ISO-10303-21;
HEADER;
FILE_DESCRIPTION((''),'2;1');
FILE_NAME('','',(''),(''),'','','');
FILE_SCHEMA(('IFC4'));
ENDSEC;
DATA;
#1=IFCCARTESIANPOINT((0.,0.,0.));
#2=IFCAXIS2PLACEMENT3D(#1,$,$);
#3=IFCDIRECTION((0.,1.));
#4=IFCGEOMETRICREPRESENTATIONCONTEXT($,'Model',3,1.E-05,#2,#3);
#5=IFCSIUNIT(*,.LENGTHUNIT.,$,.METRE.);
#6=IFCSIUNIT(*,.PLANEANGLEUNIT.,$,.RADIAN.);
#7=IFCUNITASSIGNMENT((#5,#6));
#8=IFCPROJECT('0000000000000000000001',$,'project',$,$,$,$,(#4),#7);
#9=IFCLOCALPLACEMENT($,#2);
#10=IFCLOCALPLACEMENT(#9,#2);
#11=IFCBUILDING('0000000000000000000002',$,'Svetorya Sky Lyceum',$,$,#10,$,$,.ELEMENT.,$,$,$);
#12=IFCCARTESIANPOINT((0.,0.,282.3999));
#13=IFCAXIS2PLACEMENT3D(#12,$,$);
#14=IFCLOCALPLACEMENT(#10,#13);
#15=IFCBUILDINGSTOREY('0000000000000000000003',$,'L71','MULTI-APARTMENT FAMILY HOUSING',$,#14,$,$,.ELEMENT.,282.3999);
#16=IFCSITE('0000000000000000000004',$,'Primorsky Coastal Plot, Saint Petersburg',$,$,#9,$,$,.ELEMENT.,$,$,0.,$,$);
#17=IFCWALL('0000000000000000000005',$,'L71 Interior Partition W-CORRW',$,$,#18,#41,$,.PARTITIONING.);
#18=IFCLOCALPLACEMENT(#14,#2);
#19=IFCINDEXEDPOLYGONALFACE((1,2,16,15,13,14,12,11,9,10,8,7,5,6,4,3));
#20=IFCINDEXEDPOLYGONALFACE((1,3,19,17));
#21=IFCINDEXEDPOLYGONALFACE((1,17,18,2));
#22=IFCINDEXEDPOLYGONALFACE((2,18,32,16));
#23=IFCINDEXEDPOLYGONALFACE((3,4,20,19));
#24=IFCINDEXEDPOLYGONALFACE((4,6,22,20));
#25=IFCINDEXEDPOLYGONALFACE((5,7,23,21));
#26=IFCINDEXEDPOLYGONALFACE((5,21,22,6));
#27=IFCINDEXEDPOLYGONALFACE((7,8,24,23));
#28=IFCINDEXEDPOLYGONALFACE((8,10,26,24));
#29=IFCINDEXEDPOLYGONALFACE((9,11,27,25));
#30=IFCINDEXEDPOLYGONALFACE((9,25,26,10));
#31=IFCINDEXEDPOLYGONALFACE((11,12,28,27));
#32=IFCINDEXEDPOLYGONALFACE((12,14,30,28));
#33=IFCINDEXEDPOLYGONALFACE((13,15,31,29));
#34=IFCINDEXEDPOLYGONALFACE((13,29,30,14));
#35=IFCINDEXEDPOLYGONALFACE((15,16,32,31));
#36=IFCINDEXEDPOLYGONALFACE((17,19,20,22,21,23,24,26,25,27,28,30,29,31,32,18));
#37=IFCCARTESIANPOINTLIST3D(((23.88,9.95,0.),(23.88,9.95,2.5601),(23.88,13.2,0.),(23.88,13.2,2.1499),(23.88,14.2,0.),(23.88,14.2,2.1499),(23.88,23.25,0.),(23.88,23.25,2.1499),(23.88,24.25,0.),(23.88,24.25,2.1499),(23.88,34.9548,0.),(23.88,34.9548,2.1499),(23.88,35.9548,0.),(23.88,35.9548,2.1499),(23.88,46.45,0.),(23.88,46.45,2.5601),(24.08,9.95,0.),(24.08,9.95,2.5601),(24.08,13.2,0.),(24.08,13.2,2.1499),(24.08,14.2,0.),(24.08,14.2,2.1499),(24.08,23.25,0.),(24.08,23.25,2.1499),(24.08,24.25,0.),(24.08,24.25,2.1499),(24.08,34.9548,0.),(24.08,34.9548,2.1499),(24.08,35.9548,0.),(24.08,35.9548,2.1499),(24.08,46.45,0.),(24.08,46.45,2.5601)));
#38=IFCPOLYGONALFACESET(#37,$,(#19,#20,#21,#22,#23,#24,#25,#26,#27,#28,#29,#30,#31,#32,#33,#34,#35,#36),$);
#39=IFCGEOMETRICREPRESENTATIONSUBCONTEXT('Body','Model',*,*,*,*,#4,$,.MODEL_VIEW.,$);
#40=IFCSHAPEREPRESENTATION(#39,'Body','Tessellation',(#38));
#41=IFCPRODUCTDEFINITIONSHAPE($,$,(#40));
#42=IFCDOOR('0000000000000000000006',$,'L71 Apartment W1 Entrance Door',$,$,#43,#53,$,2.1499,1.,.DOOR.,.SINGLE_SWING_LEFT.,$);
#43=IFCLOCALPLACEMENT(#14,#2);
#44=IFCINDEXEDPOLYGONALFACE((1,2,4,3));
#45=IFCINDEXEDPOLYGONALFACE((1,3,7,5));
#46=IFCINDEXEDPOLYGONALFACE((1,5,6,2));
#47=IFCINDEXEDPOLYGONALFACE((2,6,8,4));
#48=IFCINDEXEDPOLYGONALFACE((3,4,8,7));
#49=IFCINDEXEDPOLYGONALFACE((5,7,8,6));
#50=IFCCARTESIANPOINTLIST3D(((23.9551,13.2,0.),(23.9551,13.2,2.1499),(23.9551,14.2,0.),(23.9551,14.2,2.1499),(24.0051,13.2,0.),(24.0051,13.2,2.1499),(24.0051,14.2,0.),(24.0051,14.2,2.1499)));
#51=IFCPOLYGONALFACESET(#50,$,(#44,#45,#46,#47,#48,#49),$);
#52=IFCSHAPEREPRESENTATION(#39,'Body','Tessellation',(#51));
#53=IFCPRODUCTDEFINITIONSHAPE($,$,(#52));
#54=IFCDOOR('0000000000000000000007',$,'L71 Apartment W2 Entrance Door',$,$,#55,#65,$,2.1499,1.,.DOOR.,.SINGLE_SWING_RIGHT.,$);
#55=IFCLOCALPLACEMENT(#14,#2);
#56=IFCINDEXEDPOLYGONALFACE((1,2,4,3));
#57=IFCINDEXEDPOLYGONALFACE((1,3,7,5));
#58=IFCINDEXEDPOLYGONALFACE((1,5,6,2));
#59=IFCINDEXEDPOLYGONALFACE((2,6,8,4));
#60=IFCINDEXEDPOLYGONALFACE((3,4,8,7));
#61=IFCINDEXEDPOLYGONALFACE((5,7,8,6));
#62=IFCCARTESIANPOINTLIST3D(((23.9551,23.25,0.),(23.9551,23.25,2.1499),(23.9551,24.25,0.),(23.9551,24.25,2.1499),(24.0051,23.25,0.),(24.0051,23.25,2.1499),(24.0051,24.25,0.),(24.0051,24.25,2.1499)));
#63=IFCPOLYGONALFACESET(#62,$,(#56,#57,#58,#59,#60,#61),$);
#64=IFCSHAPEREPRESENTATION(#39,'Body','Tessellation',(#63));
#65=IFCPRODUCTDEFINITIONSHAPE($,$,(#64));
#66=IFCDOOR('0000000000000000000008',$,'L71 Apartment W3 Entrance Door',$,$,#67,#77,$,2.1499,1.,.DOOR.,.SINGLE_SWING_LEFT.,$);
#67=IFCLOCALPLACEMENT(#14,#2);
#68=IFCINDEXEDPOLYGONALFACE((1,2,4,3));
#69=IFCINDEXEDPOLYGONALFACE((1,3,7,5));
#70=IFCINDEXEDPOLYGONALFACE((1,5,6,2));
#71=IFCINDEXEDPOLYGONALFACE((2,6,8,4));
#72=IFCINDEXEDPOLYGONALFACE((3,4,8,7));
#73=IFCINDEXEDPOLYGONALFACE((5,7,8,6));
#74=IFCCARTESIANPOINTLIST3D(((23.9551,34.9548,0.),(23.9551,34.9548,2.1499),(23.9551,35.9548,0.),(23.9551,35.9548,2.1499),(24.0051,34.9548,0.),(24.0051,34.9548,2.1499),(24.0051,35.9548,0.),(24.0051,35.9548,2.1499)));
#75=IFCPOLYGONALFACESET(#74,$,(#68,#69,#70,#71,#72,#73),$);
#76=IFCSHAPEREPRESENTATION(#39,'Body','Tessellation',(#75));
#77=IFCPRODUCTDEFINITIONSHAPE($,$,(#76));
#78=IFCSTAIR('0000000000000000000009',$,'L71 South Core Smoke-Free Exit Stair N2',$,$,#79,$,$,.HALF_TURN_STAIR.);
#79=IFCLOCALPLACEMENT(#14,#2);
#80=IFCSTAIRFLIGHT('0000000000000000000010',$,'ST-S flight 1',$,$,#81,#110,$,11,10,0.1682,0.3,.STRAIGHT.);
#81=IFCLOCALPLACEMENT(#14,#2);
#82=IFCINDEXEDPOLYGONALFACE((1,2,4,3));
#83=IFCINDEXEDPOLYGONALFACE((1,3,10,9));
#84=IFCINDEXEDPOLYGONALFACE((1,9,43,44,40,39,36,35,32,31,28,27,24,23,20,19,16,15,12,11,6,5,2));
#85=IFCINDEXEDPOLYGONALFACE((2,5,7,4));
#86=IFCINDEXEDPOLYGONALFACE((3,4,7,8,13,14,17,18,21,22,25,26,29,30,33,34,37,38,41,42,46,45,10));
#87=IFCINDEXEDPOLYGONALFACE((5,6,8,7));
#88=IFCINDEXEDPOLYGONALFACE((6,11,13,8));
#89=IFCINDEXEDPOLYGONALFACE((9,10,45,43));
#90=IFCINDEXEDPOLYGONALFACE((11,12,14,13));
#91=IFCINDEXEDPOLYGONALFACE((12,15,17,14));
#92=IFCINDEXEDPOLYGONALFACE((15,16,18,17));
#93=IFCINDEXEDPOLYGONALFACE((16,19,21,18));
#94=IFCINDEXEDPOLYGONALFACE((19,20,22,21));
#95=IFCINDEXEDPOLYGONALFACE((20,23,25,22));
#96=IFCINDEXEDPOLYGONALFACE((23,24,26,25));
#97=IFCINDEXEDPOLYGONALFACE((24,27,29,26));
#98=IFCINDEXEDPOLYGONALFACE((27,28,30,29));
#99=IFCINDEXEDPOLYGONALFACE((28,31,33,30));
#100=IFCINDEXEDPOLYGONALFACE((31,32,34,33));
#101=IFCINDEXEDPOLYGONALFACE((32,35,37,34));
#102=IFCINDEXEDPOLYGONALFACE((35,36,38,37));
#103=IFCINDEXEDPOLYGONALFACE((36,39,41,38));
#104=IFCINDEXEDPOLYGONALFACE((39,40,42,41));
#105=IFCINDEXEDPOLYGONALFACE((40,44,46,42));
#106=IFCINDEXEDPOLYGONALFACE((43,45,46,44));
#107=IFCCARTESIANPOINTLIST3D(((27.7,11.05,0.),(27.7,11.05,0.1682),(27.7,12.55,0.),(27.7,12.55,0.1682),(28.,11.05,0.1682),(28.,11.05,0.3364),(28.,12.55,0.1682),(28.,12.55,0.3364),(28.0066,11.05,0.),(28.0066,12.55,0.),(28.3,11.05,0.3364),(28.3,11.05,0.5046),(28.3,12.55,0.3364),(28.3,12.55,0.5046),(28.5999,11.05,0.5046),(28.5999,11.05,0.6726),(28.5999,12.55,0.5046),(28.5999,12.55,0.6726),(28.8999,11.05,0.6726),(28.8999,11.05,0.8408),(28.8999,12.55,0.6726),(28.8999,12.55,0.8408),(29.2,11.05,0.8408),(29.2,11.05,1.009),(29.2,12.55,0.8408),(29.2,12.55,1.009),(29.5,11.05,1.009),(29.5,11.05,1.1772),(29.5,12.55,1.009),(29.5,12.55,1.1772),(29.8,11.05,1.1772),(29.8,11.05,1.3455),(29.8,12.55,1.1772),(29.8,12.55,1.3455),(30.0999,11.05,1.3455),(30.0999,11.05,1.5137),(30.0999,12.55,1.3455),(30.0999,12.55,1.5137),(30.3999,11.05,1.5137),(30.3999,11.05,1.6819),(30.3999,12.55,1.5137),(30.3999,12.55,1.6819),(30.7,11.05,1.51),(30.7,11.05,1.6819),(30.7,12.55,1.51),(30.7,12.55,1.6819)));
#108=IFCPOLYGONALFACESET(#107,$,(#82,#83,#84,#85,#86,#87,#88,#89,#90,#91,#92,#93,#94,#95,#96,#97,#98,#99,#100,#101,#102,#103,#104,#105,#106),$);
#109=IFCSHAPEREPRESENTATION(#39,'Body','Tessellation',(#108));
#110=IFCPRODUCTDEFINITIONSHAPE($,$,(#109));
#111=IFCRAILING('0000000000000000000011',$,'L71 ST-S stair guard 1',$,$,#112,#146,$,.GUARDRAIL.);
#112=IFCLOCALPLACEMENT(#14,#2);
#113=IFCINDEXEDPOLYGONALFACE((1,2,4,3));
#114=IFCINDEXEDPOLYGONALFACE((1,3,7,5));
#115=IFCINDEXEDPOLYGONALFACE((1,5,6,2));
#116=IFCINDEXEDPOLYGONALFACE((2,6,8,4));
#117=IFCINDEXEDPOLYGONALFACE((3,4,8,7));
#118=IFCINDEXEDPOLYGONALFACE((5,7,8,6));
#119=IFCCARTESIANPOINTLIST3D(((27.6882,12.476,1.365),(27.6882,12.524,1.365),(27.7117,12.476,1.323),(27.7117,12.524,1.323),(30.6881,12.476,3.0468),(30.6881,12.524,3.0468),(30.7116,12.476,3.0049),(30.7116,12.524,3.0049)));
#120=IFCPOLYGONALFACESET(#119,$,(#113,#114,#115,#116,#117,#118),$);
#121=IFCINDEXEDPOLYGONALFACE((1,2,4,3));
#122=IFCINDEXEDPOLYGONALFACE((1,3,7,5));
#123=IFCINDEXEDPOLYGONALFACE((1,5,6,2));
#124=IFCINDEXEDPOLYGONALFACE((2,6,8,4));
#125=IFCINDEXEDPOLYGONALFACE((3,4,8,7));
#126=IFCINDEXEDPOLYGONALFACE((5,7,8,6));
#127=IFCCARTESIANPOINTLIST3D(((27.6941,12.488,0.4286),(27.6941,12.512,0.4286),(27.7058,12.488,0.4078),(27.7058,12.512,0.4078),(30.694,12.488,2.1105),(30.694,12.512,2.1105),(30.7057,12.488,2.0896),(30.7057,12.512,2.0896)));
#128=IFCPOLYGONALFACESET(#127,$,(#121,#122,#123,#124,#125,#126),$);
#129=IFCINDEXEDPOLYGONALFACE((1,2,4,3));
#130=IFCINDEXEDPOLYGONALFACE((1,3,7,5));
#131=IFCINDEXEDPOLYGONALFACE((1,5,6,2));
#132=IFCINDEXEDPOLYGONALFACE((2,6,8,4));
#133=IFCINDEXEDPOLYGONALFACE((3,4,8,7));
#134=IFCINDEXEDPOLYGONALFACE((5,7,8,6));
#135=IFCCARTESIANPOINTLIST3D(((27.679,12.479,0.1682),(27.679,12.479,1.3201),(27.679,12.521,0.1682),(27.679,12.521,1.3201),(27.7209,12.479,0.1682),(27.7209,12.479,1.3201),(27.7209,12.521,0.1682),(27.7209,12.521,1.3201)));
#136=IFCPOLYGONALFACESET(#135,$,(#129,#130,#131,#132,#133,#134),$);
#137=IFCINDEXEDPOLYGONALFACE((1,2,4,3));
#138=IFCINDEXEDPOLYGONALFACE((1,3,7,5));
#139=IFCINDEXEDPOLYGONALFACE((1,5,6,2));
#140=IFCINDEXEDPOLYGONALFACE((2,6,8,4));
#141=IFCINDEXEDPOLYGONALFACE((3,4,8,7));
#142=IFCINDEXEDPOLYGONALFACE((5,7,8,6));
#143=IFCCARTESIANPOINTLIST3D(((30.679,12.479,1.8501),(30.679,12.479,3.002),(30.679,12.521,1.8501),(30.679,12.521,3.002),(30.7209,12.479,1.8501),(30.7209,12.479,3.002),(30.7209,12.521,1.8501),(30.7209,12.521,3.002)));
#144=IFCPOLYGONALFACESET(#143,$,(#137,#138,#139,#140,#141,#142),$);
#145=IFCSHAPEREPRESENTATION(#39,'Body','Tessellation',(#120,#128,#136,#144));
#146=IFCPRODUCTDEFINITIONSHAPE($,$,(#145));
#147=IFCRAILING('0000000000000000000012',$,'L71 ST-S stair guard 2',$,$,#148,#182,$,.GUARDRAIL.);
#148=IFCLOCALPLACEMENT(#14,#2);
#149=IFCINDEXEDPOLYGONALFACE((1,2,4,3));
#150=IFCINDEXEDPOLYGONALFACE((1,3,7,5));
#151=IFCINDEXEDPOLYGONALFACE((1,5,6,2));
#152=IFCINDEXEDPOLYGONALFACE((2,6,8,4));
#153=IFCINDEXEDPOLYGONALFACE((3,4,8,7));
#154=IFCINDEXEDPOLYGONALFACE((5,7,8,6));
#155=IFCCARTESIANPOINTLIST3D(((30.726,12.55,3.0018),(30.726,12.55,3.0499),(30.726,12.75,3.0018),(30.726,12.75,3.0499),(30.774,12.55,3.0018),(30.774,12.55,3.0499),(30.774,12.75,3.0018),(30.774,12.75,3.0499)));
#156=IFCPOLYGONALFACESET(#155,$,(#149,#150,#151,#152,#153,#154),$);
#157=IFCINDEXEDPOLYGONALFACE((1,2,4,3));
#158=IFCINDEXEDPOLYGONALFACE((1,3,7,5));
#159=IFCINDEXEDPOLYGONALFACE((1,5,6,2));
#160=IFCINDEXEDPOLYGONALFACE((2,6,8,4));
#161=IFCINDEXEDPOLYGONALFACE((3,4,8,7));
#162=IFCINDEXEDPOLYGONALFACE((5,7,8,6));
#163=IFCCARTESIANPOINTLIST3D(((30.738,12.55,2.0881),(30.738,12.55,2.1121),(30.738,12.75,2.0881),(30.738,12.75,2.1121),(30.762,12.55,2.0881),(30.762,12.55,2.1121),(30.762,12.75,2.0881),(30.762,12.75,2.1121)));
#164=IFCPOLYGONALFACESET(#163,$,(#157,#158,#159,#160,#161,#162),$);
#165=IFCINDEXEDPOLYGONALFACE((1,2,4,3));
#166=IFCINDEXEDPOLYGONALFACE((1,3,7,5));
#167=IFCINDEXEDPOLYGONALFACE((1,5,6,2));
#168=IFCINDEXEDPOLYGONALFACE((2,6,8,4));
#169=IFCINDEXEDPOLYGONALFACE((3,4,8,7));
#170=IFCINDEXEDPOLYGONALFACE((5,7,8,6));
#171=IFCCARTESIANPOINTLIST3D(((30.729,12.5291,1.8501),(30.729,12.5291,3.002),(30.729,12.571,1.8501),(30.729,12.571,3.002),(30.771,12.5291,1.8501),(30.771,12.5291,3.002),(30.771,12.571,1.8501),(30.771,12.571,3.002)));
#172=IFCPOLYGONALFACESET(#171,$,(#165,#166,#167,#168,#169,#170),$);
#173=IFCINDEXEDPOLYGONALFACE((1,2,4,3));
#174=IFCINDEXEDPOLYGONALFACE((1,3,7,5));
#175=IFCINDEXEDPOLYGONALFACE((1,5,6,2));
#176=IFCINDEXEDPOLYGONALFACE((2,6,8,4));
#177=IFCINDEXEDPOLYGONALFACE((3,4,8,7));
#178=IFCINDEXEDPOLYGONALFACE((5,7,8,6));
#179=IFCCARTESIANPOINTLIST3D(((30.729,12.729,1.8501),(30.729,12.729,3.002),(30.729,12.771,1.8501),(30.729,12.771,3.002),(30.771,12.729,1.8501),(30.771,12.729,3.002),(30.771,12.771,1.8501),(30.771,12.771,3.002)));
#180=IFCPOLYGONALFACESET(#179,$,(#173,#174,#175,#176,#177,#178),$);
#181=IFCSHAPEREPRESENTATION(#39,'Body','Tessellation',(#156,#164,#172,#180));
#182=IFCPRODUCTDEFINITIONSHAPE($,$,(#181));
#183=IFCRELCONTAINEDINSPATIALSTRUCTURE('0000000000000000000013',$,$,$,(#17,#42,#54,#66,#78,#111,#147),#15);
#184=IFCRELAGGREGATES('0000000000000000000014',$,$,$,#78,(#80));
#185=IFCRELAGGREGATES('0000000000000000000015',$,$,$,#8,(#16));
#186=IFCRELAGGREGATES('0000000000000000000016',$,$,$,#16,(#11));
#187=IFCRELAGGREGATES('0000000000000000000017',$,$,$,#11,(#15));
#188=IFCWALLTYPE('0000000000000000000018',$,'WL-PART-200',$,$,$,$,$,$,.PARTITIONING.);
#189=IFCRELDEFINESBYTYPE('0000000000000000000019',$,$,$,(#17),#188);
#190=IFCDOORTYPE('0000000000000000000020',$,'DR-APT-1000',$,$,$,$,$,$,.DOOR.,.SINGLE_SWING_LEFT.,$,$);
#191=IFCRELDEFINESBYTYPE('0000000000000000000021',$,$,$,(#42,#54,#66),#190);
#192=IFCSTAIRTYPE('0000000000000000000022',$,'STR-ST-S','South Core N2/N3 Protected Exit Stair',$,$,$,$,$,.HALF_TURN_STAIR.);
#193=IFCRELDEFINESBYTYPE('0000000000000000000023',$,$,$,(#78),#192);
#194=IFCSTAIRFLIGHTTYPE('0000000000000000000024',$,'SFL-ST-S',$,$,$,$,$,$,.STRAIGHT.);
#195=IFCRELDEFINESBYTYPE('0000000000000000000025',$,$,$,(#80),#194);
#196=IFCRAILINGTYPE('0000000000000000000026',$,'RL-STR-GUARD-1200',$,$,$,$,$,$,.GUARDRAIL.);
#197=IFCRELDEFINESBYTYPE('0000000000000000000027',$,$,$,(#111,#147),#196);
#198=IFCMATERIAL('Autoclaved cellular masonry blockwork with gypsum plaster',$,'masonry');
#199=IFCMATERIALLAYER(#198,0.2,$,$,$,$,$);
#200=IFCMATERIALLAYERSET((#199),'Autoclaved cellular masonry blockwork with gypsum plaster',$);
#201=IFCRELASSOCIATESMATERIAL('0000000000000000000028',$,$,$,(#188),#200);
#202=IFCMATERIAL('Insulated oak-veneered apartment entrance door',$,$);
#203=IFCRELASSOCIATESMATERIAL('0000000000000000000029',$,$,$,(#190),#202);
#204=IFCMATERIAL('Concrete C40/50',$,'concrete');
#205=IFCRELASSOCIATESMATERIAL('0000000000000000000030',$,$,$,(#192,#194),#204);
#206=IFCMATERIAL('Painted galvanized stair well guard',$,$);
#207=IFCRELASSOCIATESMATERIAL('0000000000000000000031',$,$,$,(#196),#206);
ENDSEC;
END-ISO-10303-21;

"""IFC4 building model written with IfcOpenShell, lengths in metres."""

from ifc_helpers import new_model, si_unit, direction, frame, frame_2d, origin, origin_2d, place, context, subcontext, project, spatial, polyline, rectangle, outline, extrude, material, layer, layer_set, type_object, element, fill, aggregate, save


model = new_model("IFC4")

# Units and contexts
model_context = context("Model", 3, precision=1e-05, world=origin(), true_north=direction((0.0, 1.0)))
body_context = subcontext(model_context, "Body", "Model", "MODEL_VIEW")
ifc_project = project(units=[si_unit("LENGTHUNIT", "METRE"), si_unit("PLANEANGLEUNIT", "RADIAN")], contexts=[model_context])

# Site, building, storey
site_placement = place(None, origin())
site = spatial("IfcSite", under=ifc_project, at=site_placement, Name="Primorsky Coastal Plot, Saint Petersburg", CompositionType="ELEMENT", RefElevation=0.0)
building_placement = place(site_placement, origin())
building = spatial("IfcBuilding", under=site, at=building_placement, Name="Svetorya Sky Lyceum", CompositionType="ELEMENT")
storey_placement = place(building_placement, frame((0.0, 0.0, 282.3999)))
storey = spatial("IfcBuildingStorey", under=building, at=storey_placement, Name="L71", Description="MULTI-APARTMENT FAMILY HOUSING", CompositionType="ELEMENT", Elevation=282.3999)

# Shared definitions
ifc_material_1 = material(Name="Concrete C40/50", Category="concrete")

# Wall, openings, doors
ifc_material_2 = material(Name="Autoclaved cellular masonry blockwork with gypsum plaster", Category="masonry")
ifc_layer_1 = layer(ifc_material_2, 0.2)
ifc_layer_set_1 = layer_set([ifc_layer_1], Name="Autoclaved cellular masonry blockwork with gypsum plaster")
wall_type_1 = type_object("IfcWallType", Name="WL-PART-200", PredefinedType="PARTITIONING", material=ifc_layer_set_1)
wall_1_placement = place(storey_placement, frame((23.98, 9.95, 0.0), z_axis=(0.0, 0.0, 1.0), x_axis=(0.0, 1.0, 0.0)))
wall_1 = element("IfcWall", 1, at=wall_1_placement, inside=storey, type_object=wall_type_1, Name="L71 Interior Partition W-CORRW", PredefinedType="PARTITIONING", context=body_context, shape_type="SweptSolid", body=[
    extrude(rectangle(XDim=36.5, YDim=0.2, at=frame_2d((18.25, 0.0))), origin(), (0.0, 0.0, 1.0), 2.5601),
])
opening_1_placement = place(wall_1_placement, frame((3.25, 0.0, 0.0)))
opening_1 = element("IfcOpeningElement", 2, at=opening_1_placement, cuts=wall_1, PredefinedType="OPENING", context=body_context, shape_type="SweptSolid", body=[
    extrude(rectangle(XDim=1.0, YDim=2.1499, at=frame_2d((0.5, 1.075))), frame((0.0, 0.1099, 0.0), z_axis=(0.0, -1.0, 0.0), x_axis=(1.0, 0.0, 0.0)), (0.0, 0.0, 1.0), 0.22),
])
opening_2_placement = place(wall_1_placement, frame((13.3, 0.0, 0.0)))
opening_2 = element("IfcOpeningElement", 3, at=opening_2_placement, cuts=wall_1, PredefinedType="OPENING", context=body_context, shape_type="SweptSolid", body=[
    extrude(rectangle(XDim=1.0, YDim=2.1499, at=frame_2d((0.5, 1.075))), frame((0.0, 0.1099, 0.0), z_axis=(0.0, -1.0, 0.0), x_axis=(1.0, 0.0, 0.0)), (0.0, 0.0, 1.0), 0.22),
])
opening_3_placement = place(wall_1_placement, frame((25.0049, 0.0, 0.0)))
opening_3 = element("IfcOpeningElement", 4, at=opening_3_placement, cuts=wall_1, PredefinedType="OPENING", context=body_context, shape_type="SweptSolid", body=[
    extrude(rectangle(XDim=1.0, YDim=2.1499, at=frame_2d((0.5, 1.075))), frame((0.0, 0.1099, 0.0), z_axis=(0.0, -1.0, 0.0), x_axis=(1.0, 0.0, 0.0)), (0.0, 0.0, 1.0), 0.22),
])
ifc_material_3 = material(Name="Insulated oak-veneered apartment entrance door")
door_type = type_object("IfcDoorType", Name="DR-APT-1000", OperationType="SINGLE_SWING_LEFT", PredefinedType="DOOR", material=ifc_material_3)
door_1_placement = place(opening_1_placement, origin())
door_1 = element("IfcDoor", 5, at=door_1_placement, inside=storey, type_object=door_type, Name="L71 Apartment W1 Entrance Door", OperationType="SINGLE_SWING_LEFT", OverallHeight=2.1499, OverallWidth=1.0, PredefinedType="DOOR", context=body_context, shape_type="SweptSolid", body=[
    extrude(rectangle(XDim=1.0, YDim=2.1499, at=frame_2d((0.5, 1.075))), frame((0.0, 0.0249, 0.0), z_axis=(0.0, -1.0, 0.0), x_axis=(1.0, 0.0, 0.0)), (0.0, 0.0, 1.0), 0.05),
])
fill(opening_1, door_1)
door_2_placement = place(opening_2_placement, origin())
door_2 = element("IfcDoor", 6, at=door_2_placement, inside=storey, type_object=door_type, Name="L71 Apartment W2 Entrance Door", OperationType="SINGLE_SWING_RIGHT", OverallHeight=2.1499, OverallWidth=1.0, PredefinedType="DOOR", context=body_context, shape_type="SweptSolid", body=[
    extrude(rectangle(XDim=1.0, YDim=2.1499, at=frame_2d((0.5, 1.075))), frame((0.0, 0.0249, 0.0), z_axis=(0.0, -1.0, 0.0), x_axis=(1.0, 0.0, 0.0)), (0.0, 0.0, 1.0), 0.05),
])
fill(opening_2, door_2)
door_3_placement = place(opening_3_placement, origin())
door_3 = element("IfcDoor", 7, at=door_3_placement, inside=storey, type_object=door_type, Name="L71 Apartment W3 Entrance Door", OperationType="SINGLE_SWING_LEFT", OverallHeight=2.1499, OverallWidth=1.0, PredefinedType="DOOR", context=body_context, shape_type="SweptSolid", body=[
    extrude(rectangle(XDim=1.0, YDim=2.1499, at=frame_2d((0.5, 1.075))), frame((0.0, 0.0249, 0.0), z_axis=(0.0, -1.0, 0.0), x_axis=(1.0, 0.0, 0.0)), (0.0, 0.0, 1.0), 0.05),
])
fill(opening_3, door_3)

# Stair, stair flight
stair_type = type_object("IfcStairType", Name="STR-ST-S", Description="South Core N2/N3 Protected Exit Stair", PredefinedType="HALF_TURN_STAIR", material=ifc_material_1)
stair_placement = place(storey_placement, origin())
stair = element("IfcStair", 8, at=stair_placement, inside=storey, type_object=stair_type, Name="L71 South Core Smoke-Free Exit Stair N2", PredefinedType="HALF_TURN_STAIR")
stair_flight_type = type_object("IfcStairFlightType", Name="SFL-ST-S", PredefinedType="STRAIGHT", material=ifc_material_1)
stair_flight_placement = place(storey_placement, frame((27.7, 11.8, 0.0), z_axis=(0.0, 0.0, 1.0), x_axis=(1.0, 0.0, 0.0)))
stair_flight = element("IfcStairFlight", 9, at=stair_flight_placement, type_object=stair_flight_type, Name="ST-S flight 1", NumberOfRisers=11, NumberOfTreads=10, PredefinedType="STRAIGHT", RiserHeight=0.1682, TreadLength=0.3, context=body_context, shape_type="SweptSolid", body=[
    extrude(outline(polyline([(0.0, 0.0), (0.0, 0.1682), (0.3, 0.1682), (0.3, 0.3364), (0.6001, 0.3364), (0.6001, 0.5046), (0.8999, 0.5046), (0.8999, 0.6726), (1.2, 0.6726), (1.2, 0.8408), (1.5, 0.8408), (1.5, 1.009), (1.8, 1.009), (1.8, 1.1772), (2.1001, 1.1772), (2.1001, 1.3455), (2.3999, 1.3455), (2.3999, 1.5137), (2.7, 1.5137), (2.7, 1.6819), (3.0, 1.6819), (3.0, 1.8501), (3.0, 1.51), (0.3066, 0.0), (0.0, 0.0)])), frame((0.0, 0.75, 0.0), z_axis=(0.0, -1.0, 0.0), x_axis=(1.0, 0.0, 0.0)), (0.0, 0.0, 1.0), 1.5),
])
aggregate(stair, [stair_flight])

# Railings
ifc_material_4 = material(Name="Painted galvanized stair well guard")
railing_type_1 = type_object("IfcRailingType", Name="RL-STR-GUARD-1200", PredefinedType="GUARDRAIL", material=ifc_material_4)
railing_1_placement = place(storey_placement, frame((27.7, 12.5, 0.1682)))
element("IfcRailing", 10, at=railing_1_placement, inside=storey, type_object=railing_type_1, Name="L71 ST-S stair guard 1", PredefinedType="GUARDRAIL", context=body_context, shape_type="SweptSolid", body=[
    extrude(rectangle(XDim=0.0481, YDim=0.0481, at=origin_2d()), frame((0.0, 0.0, 1.1758), z_axis=(0.872272, 0.0, 0.48902), x_axis=(0.0, 1.0, 0.0)), (0.0, 0.0, 1.0), 3.4392),
    extrude(rectangle(XDim=0.0239, YDim=0.0239, at=origin_2d()), frame((0.0, 0.0, 0.25), z_axis=(0.872272, 0.0, 0.48902), x_axis=(0.0, 1.0, 0.0)), (0.0, 0.0, 1.0), 3.4392),
    extrude(rectangle(XDim=0.042, YDim=0.042, at=origin_2d()), origin(), (0.0, 0.0, 1.0), 1.1519),
    extrude(rectangle(XDim=0.042, YDim=0.042, at=origin_2d()), frame((3.0, 0.0, 1.6819)), (0.0, 0.0, 1.0), 1.1519),
])
railing_2_placement = place(storey_placement, frame((30.75, 12.55, 1.8501)))
element("IfcRailing", 11, at=railing_2_placement, inside=storey, type_object=railing_type_1, Name="L71 ST-S stair guard 2", PredefinedType="GUARDRAIL", context=body_context, shape_type="SweptSolid", body=[
    extrude(rectangle(XDim=0.0481, YDim=0.0481, at=origin_2d()), frame((0.0, 0.0, 1.1758), z_axis=(0.0, 1.0, 0.0), x_axis=(-1.0, 0.0, 0.0)), (0.0, 0.0, 1.0), 0.2),
    extrude(rectangle(XDim=0.0239, YDim=0.0239, at=origin_2d()), frame((0.0, 0.0, 0.25), z_axis=(0.0, 1.0, 0.0), x_axis=(-1.0, 0.0, 0.0)), (0.0, 0.0, 1.0), 0.2),
    extrude(rectangle(XDim=0.042, YDim=0.042, at=origin_2d()), origin(), (0.0, 0.0, 1.0), 1.1519),
    extrude(rectangle(XDim=0.042, YDim=0.042, at=origin_2d()), frame((0.0, 0.2, 0.0)), (0.0, 0.0, 1.0), 1.1519),
])

save(model, "model.ifc")
